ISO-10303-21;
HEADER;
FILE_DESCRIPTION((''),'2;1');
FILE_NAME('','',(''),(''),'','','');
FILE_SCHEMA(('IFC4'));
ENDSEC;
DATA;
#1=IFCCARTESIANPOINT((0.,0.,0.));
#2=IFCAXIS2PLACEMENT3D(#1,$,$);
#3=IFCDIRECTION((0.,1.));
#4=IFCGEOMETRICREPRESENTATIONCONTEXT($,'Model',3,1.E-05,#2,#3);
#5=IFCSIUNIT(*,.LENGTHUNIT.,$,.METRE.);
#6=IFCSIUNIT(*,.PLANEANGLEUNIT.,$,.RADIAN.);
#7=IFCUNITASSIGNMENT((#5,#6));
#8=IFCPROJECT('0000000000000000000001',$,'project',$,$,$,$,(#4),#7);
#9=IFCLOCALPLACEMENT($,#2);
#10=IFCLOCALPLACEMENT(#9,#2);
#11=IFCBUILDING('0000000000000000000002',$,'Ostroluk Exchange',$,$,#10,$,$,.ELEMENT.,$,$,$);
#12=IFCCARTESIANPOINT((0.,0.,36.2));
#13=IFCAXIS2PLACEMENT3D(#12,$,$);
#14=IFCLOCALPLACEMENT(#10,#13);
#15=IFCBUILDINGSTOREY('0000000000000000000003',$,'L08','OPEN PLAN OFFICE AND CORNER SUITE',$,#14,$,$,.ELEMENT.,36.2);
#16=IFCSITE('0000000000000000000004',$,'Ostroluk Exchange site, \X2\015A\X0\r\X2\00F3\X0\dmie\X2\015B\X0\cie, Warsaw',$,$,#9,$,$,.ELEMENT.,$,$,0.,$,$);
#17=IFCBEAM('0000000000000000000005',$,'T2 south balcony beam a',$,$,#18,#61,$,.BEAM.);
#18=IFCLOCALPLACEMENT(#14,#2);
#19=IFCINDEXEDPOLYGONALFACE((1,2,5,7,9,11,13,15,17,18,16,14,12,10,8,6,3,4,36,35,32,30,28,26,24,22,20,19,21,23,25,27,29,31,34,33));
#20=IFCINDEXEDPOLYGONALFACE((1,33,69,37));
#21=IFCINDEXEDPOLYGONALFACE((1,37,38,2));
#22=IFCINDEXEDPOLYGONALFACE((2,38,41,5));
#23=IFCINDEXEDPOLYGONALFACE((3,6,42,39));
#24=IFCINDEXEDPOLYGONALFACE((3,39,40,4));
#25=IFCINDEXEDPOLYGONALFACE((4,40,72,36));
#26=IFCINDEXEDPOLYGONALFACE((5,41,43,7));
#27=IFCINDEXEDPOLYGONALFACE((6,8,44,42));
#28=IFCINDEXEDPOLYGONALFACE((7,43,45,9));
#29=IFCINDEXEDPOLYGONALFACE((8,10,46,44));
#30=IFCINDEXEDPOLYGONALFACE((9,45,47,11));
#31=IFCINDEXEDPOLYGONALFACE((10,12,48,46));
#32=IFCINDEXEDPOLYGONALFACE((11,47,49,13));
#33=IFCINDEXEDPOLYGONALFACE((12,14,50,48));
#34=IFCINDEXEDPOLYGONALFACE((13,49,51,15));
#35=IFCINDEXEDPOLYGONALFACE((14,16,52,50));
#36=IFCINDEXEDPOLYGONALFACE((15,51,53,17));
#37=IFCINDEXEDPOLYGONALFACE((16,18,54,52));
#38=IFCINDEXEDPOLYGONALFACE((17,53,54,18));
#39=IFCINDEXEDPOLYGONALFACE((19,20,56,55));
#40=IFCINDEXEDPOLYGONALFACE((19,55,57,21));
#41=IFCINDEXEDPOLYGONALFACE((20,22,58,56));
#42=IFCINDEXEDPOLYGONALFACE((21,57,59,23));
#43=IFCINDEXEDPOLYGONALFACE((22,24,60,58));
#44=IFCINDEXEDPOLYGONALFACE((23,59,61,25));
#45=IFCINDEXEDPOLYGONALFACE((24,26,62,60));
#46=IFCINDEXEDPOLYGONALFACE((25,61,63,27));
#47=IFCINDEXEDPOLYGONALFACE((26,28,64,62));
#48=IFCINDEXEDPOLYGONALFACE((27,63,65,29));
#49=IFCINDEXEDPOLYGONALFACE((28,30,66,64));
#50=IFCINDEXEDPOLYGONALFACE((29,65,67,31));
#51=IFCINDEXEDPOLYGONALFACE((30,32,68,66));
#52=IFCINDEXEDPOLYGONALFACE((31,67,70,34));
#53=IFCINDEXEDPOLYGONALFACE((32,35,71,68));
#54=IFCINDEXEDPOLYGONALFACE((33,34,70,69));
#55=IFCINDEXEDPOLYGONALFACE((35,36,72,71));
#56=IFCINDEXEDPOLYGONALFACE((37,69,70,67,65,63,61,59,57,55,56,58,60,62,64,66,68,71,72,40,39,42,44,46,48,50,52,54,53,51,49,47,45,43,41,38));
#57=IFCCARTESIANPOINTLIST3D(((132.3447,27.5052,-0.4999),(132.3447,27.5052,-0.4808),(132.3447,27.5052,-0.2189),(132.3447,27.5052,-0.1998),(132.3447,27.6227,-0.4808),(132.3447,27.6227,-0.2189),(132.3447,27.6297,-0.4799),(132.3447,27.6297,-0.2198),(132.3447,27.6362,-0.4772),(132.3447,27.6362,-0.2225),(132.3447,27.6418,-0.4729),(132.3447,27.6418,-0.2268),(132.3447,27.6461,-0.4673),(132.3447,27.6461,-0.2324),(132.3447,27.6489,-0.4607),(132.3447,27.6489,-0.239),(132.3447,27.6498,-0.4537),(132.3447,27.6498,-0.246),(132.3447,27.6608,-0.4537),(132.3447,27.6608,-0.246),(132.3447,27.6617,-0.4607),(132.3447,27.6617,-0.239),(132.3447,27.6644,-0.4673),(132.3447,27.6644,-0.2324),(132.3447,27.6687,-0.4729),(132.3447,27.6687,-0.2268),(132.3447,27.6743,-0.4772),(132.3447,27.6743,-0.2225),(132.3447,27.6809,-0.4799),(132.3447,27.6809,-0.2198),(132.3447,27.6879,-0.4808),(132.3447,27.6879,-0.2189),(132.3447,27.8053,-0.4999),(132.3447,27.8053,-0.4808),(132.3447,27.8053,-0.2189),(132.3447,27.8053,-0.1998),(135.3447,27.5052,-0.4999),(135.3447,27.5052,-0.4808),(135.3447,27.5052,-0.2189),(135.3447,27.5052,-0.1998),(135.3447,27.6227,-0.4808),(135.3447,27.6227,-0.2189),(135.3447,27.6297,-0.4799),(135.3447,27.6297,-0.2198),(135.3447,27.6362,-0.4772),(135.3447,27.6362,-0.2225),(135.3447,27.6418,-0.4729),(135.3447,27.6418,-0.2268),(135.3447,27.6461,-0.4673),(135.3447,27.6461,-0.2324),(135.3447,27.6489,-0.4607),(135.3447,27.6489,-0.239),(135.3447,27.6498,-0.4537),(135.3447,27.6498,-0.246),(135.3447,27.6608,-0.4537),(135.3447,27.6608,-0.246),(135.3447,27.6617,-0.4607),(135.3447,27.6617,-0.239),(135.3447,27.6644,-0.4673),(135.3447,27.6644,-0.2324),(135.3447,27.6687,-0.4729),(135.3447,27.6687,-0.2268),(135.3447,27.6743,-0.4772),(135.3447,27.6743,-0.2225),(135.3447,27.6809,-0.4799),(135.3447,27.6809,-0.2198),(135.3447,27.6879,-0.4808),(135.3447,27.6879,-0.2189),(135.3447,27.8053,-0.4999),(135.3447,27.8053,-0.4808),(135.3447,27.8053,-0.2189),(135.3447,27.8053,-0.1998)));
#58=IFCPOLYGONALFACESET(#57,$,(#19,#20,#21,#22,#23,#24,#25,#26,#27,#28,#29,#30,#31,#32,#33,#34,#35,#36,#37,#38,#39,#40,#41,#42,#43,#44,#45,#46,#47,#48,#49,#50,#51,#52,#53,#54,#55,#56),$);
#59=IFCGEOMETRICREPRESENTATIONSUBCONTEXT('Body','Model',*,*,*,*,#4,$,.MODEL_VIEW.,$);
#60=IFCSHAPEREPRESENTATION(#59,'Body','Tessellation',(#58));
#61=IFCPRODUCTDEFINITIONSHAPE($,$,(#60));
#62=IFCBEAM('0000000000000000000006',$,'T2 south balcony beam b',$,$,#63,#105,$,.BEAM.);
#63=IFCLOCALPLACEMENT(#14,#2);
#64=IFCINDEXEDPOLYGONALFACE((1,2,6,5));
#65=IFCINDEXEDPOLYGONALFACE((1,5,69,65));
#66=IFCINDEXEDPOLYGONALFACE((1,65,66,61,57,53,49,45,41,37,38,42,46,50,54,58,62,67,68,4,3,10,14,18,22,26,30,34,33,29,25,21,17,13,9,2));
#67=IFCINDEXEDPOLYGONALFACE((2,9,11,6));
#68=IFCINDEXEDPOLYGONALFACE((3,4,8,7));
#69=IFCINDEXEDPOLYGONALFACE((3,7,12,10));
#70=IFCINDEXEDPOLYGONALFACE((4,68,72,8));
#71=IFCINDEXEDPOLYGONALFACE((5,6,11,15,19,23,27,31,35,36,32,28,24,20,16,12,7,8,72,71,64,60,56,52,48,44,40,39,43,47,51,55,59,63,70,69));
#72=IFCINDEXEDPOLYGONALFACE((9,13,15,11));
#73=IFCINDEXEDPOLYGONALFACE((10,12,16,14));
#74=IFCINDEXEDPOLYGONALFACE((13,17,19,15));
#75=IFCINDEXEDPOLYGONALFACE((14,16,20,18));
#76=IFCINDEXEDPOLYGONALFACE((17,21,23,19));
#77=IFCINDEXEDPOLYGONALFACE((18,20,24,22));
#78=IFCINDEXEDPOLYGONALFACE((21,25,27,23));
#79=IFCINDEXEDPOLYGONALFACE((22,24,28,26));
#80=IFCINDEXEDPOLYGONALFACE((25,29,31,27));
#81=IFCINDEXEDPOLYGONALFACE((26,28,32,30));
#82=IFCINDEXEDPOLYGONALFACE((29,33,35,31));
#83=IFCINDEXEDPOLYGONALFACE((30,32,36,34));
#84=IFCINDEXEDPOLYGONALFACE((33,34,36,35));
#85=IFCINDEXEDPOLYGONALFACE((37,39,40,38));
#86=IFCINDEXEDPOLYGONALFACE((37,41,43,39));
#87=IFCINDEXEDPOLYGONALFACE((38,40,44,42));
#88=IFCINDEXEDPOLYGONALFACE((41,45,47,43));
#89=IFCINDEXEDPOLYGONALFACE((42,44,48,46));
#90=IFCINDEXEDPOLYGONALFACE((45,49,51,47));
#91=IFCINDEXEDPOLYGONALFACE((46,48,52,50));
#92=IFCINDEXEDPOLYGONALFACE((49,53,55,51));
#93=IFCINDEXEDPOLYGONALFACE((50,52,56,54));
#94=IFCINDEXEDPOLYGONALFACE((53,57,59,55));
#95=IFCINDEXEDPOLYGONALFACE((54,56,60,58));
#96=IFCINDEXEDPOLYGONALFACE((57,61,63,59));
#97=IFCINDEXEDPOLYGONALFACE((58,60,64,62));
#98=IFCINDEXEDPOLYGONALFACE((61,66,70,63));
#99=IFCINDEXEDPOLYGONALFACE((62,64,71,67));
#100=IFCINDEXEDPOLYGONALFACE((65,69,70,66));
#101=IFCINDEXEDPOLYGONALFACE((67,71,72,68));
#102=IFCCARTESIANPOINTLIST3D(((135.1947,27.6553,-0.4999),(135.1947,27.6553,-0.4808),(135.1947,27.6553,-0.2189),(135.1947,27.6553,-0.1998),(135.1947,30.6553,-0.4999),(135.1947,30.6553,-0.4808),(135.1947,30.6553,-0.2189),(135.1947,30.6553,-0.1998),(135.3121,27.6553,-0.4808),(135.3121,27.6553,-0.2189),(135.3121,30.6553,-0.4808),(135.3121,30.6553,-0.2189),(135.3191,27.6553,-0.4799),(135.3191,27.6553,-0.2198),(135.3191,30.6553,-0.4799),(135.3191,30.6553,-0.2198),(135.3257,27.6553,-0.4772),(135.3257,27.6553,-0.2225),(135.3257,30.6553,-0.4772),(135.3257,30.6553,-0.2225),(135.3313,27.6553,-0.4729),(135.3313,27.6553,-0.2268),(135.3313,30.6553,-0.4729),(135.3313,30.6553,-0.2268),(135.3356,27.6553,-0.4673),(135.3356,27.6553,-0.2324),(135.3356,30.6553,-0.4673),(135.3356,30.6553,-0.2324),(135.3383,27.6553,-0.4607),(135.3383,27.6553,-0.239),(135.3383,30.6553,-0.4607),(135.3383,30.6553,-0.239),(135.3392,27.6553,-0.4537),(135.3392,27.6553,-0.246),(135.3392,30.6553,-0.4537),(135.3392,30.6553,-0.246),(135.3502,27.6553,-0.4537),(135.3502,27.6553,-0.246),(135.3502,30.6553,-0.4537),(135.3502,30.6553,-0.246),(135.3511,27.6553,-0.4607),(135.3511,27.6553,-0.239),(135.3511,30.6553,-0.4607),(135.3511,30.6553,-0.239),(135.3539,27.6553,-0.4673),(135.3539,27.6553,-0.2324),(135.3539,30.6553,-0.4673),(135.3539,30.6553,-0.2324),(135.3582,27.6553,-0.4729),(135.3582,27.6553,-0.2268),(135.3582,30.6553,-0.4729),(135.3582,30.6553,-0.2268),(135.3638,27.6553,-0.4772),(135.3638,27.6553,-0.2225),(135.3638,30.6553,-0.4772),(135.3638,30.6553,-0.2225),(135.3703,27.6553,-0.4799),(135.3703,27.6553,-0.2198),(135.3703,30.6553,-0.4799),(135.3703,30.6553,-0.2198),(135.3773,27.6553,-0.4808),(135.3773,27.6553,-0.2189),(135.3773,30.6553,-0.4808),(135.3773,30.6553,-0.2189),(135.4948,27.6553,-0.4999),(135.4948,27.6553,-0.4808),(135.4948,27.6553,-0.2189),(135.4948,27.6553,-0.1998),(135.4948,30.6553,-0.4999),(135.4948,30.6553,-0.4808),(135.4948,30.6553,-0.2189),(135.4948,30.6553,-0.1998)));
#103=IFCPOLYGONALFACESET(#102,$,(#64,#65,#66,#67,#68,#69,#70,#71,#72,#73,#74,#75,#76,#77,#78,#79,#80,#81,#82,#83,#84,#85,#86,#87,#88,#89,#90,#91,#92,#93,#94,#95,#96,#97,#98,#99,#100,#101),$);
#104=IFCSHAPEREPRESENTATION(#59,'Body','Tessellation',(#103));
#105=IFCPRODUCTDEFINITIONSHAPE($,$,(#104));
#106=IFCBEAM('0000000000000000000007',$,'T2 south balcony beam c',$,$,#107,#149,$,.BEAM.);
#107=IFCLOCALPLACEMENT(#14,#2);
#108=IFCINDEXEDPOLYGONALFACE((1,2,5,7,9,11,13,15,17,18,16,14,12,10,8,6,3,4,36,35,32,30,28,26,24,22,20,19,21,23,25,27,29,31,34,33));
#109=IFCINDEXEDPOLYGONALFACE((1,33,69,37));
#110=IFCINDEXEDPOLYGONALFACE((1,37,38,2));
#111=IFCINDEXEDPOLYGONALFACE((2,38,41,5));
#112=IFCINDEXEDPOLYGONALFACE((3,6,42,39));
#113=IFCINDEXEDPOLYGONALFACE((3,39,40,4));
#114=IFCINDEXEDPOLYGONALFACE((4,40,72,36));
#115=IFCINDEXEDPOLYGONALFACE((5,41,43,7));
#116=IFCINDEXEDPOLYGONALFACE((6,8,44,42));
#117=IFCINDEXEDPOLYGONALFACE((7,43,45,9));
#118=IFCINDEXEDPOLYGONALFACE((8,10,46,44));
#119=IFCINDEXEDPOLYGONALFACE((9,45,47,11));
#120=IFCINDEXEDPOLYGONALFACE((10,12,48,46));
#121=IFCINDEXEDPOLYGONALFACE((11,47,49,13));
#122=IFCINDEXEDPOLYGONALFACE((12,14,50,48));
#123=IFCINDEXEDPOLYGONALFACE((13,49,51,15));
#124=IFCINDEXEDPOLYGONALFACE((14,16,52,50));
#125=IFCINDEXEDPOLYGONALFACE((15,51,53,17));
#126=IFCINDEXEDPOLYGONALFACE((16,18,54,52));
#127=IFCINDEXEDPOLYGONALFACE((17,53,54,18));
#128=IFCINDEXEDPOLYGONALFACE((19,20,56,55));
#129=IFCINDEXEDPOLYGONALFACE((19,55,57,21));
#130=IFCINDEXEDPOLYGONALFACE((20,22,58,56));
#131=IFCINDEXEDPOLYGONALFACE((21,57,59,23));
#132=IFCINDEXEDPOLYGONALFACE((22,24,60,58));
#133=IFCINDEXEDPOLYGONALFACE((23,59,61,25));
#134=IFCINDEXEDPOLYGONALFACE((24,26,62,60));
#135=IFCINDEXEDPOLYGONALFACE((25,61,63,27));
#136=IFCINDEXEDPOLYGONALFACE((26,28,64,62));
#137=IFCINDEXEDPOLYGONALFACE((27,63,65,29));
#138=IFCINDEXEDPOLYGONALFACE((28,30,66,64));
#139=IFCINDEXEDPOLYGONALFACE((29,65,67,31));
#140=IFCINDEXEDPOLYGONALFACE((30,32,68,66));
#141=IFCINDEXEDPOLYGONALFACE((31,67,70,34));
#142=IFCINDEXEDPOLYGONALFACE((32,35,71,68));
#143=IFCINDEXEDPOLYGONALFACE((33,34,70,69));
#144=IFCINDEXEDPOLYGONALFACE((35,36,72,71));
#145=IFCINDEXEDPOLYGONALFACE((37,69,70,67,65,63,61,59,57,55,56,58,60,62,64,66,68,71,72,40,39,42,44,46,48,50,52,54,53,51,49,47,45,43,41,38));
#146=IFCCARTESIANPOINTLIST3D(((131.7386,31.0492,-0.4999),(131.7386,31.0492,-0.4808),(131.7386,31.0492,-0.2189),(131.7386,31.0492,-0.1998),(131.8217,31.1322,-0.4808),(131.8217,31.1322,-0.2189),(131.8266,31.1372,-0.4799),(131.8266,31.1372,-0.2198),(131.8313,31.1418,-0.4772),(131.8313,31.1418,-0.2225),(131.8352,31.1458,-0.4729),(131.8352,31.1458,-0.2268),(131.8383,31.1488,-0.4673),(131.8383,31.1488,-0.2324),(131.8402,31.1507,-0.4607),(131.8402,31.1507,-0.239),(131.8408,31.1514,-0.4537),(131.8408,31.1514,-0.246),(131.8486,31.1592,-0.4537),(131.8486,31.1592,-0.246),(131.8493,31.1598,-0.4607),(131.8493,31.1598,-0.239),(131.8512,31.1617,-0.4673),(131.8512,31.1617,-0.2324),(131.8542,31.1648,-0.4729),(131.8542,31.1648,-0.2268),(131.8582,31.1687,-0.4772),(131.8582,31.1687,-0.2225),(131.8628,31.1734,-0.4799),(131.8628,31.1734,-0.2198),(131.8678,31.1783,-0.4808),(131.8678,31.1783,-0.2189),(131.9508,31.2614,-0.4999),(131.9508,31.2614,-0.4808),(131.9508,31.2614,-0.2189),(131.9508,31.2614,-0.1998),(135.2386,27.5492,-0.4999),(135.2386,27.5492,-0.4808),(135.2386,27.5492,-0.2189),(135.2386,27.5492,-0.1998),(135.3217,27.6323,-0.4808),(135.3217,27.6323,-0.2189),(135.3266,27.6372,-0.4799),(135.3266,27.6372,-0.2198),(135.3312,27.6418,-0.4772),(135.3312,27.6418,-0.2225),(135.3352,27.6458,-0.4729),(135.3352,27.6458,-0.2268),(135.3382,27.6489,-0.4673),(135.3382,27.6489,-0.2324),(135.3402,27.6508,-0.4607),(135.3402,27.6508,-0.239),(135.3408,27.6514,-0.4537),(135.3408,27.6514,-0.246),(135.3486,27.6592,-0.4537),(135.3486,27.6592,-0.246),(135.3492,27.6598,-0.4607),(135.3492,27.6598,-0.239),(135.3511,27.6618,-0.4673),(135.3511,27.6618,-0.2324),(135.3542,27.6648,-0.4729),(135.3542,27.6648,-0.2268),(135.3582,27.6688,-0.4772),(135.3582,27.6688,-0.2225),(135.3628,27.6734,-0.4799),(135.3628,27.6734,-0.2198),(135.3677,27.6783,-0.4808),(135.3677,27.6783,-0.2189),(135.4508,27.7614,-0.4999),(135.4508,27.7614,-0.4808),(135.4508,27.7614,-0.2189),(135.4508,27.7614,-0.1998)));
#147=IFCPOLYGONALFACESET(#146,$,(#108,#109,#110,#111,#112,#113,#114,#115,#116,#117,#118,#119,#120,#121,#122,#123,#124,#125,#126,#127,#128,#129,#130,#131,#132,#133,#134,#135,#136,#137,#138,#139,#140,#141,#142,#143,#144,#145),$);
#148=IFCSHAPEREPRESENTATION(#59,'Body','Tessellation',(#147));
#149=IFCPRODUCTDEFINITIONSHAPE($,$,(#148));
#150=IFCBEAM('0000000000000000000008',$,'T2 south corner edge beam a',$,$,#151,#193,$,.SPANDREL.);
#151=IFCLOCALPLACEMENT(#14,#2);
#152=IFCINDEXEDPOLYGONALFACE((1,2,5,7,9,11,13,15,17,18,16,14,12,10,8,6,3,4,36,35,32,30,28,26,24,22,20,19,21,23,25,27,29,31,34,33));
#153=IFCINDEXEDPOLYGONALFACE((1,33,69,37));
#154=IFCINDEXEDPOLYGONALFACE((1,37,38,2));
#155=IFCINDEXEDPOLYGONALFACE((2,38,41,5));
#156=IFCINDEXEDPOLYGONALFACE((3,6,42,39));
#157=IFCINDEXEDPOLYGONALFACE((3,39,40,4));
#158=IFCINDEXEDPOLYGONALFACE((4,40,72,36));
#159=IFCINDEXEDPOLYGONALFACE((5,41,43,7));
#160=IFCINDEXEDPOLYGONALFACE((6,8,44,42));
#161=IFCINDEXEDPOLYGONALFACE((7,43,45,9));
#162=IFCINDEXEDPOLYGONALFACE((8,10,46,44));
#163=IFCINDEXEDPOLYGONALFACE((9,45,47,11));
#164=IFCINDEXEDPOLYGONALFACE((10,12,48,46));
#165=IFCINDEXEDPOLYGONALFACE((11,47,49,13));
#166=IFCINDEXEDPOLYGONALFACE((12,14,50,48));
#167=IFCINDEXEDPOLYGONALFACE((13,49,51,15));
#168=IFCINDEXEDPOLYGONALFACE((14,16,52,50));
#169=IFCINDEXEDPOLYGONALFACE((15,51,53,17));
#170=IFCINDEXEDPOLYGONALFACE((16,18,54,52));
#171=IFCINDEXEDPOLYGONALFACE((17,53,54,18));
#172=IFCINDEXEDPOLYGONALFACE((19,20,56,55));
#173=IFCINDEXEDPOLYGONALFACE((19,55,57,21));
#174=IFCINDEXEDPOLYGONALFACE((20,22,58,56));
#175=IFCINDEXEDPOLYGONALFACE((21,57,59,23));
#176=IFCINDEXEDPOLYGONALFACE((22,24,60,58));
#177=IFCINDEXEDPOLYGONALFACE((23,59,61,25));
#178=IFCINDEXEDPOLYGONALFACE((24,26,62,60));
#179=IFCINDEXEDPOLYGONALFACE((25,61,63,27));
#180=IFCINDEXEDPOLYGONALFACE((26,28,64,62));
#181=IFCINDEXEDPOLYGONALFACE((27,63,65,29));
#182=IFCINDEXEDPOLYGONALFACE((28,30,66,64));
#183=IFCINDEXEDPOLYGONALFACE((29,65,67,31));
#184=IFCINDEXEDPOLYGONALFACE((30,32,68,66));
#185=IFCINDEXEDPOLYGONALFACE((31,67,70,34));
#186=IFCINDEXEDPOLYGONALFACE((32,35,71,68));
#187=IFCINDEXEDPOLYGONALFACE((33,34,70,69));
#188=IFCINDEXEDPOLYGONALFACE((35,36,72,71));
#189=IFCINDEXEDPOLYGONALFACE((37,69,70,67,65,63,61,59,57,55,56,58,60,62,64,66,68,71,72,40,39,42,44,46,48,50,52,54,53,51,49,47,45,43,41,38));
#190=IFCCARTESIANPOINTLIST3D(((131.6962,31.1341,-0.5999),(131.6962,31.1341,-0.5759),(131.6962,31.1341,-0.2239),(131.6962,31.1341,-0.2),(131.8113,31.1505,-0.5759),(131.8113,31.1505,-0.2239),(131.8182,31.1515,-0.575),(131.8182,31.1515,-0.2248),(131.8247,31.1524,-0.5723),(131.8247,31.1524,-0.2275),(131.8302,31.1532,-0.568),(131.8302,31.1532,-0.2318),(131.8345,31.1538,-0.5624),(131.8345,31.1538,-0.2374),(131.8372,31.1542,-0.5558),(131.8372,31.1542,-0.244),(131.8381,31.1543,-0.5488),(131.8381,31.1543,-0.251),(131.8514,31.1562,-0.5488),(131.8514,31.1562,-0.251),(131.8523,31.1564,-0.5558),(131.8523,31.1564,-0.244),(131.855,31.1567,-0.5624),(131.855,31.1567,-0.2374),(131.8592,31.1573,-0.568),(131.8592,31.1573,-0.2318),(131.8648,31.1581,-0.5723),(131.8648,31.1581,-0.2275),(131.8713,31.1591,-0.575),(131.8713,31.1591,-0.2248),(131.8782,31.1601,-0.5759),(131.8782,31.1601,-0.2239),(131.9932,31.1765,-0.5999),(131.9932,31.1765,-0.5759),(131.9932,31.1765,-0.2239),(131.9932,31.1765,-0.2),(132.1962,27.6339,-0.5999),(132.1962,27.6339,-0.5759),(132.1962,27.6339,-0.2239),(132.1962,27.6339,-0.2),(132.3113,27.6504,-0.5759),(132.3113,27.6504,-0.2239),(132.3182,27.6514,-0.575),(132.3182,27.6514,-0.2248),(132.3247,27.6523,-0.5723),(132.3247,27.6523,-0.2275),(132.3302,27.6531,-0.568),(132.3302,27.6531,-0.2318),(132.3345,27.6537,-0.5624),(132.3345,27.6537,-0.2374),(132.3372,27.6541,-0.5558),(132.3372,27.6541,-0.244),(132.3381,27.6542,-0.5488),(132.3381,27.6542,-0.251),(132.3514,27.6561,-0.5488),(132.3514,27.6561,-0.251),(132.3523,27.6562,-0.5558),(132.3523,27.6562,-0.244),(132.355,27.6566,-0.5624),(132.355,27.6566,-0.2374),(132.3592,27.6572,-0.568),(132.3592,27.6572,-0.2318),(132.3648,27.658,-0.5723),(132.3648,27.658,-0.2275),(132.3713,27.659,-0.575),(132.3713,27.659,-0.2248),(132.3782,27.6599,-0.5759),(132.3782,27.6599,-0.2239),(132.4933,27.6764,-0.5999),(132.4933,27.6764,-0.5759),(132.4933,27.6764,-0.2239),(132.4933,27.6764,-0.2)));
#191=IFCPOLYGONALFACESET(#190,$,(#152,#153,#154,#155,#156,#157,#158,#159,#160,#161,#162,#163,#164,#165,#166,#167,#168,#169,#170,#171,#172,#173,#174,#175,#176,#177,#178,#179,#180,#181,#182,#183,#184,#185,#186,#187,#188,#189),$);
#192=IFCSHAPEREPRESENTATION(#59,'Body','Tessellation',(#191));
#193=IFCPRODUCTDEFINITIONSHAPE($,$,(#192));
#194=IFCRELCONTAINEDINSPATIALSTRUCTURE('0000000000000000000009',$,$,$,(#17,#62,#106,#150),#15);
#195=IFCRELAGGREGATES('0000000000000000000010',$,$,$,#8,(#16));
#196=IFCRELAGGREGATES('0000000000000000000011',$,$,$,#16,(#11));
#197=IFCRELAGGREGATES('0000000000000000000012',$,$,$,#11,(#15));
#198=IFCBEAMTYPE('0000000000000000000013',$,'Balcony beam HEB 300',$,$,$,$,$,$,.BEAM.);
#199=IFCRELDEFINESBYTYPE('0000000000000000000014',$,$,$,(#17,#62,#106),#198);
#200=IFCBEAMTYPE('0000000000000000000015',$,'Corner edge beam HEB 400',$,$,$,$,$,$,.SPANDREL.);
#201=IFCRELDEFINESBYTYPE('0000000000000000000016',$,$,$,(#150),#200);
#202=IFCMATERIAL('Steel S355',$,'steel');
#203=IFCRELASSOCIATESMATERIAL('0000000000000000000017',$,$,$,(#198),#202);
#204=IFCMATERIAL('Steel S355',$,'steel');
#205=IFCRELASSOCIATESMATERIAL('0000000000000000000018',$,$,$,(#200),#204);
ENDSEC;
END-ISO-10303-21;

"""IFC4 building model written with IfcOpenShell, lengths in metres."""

from ifc_helpers import new_model, si_unit, direction, frame, origin, origin_2d, place, context, subcontext, project, spatial, i_section, extrude, material, material_profile, profile_set, type_object, element, save


model = new_model("IFC4")

# Units and contexts
model_context = context("Model", 3, precision=1e-05, world=origin(), true_north=direction((0.0, 1.0)))
body_context = subcontext(model_context, "Body", "Model", "MODEL_VIEW")
ifc_project = project(units=[si_unit("LENGTHUNIT", "METRE"), si_unit("PLANEANGLEUNIT", "RADIAN")], contexts=[model_context])

# Site, building, storey
site_placement = place(None, origin())
site = spatial("IfcSite", under=ifc_project, at=site_placement, Name="Ostroluk Exchange site, Śródmieście, Warsaw", CompositionType="ELEMENT", RefElevation=0.0)
building_placement = place(site_placement, origin())
building = spatial("IfcBuilding", under=site, at=building_placement, Name="Ostroluk Exchange", CompositionType="ELEMENT")
storey_placement = place(building_placement, frame((0.0, 0.0, 36.2)))
storey = spatial("IfcBuildingStorey", under=building, at=storey_placement, Name="L08", Description="OPEN PLAN OFFICE AND CORNER SUITE", CompositionType="ELEMENT", Elevation=36.2)

# Beams
ifc_material_1 = material(Name="Steel S355", Category="steel")
ifc_material_profile_1 = material_profile(ifc_material_1, i_section(OverallWidth=0.3, OverallDepth=0.3, WebThickness=0.011, FlangeThickness=0.019, FilletRadius=0.0271, at=origin_2d()), Name="HEB 300")
ifc_profile_set_1 = profile_set([ifc_material_profile_1], Name="Steel S355")
beam_type_1 = type_object("IfcBeamType", Name="Balcony beam HEB 300", PredefinedType="BEAM", material=ifc_profile_set_1)
for number, where, z_axis, x_axis, name in (
    (1, (132.3447, 27.6553, -0.3499), (1.0, 0.0, 0.0), (0.0, 1.0, 0.0), "T2 south balcony beam a"),
    (2, (135.3447, 30.6553, -0.3499), (0.0, -1.0, 0.0), (1.0, 0.0, 0.0), "T2 south balcony beam b"),
):
    element("IfcBeam", number, at=place(storey_placement, frame(where, z_axis=z_axis, x_axis=x_axis)), inside=storey, type_object=beam_type_1, Name=name, PredefinedType="BEAM", context=body_context, shape_type="SweptSolid", body=[
        extrude(i_section(OverallWidth=0.3, OverallDepth=0.3, WebThickness=0.011, FlangeThickness=0.019, FilletRadius=0.0271, at=origin_2d()), origin(), (0.0, 0.0, 1.0), 3.0),
    ])
beam_1_placement = place(storey_placement, frame((131.8447, 31.1553, -0.3499), z_axis=(0.707107, -0.707107, 0.0), x_axis=(0.707107, 0.707107, 0.0)))
element("IfcBeam", 3, at=beam_1_placement, inside=storey, type_object=beam_type_1, Name="T2 south balcony beam c", PredefinedType="BEAM", context=body_context, shape_type="SweptSolid", body=[
    extrude(i_section(OverallWidth=0.3, OverallDepth=0.3, WebThickness=0.011, FlangeThickness=0.019, FilletRadius=0.0271, at=origin_2d()), origin(), (0.0, 0.0, 1.0), 4.9497),
])
ifc_material_2 = material(Name="Steel S355", Category="steel")
ifc_material_profile_2 = material_profile(ifc_material_2, i_section(OverallWidth=0.3, OverallDepth=0.3999, WebThickness=0.0134, FlangeThickness=0.0239, FilletRadius=0.0271, at=origin_2d()), Name="HEB 400")
ifc_profile_set_2 = profile_set([ifc_material_profile_2], Name="Steel S355")
beam_type_2 = type_object("IfcBeamType", Name="Corner edge beam HEB 400", PredefinedType="SPANDREL", material=ifc_profile_set_2)
for number, where, z_axis, x_axis, name in (
    (4, (131.8447, 31.1553, -0.3999), (0.141421, -0.989949, 0.0), (0.989949, 0.141421, 0.0), "T2 south corner edge beam a"),
):
    element("IfcBeam", number, at=place(storey_placement, frame(where, z_axis=z_axis, x_axis=x_axis)), inside=storey, type_object=beam_type_2, Name=name, PredefinedType="SPANDREL", context=body_context, shape_type="SweptSolid", body=[
        extrude(i_section(OverallWidth=0.3, OverallDepth=0.3999, WebThickness=0.0134, FlangeThickness=0.0239, FilletRadius=0.0271, at=origin_2d()), origin(), (0.0, 0.0, 1.0), 3.5356),
    ])

save(model, "model.ifc")
